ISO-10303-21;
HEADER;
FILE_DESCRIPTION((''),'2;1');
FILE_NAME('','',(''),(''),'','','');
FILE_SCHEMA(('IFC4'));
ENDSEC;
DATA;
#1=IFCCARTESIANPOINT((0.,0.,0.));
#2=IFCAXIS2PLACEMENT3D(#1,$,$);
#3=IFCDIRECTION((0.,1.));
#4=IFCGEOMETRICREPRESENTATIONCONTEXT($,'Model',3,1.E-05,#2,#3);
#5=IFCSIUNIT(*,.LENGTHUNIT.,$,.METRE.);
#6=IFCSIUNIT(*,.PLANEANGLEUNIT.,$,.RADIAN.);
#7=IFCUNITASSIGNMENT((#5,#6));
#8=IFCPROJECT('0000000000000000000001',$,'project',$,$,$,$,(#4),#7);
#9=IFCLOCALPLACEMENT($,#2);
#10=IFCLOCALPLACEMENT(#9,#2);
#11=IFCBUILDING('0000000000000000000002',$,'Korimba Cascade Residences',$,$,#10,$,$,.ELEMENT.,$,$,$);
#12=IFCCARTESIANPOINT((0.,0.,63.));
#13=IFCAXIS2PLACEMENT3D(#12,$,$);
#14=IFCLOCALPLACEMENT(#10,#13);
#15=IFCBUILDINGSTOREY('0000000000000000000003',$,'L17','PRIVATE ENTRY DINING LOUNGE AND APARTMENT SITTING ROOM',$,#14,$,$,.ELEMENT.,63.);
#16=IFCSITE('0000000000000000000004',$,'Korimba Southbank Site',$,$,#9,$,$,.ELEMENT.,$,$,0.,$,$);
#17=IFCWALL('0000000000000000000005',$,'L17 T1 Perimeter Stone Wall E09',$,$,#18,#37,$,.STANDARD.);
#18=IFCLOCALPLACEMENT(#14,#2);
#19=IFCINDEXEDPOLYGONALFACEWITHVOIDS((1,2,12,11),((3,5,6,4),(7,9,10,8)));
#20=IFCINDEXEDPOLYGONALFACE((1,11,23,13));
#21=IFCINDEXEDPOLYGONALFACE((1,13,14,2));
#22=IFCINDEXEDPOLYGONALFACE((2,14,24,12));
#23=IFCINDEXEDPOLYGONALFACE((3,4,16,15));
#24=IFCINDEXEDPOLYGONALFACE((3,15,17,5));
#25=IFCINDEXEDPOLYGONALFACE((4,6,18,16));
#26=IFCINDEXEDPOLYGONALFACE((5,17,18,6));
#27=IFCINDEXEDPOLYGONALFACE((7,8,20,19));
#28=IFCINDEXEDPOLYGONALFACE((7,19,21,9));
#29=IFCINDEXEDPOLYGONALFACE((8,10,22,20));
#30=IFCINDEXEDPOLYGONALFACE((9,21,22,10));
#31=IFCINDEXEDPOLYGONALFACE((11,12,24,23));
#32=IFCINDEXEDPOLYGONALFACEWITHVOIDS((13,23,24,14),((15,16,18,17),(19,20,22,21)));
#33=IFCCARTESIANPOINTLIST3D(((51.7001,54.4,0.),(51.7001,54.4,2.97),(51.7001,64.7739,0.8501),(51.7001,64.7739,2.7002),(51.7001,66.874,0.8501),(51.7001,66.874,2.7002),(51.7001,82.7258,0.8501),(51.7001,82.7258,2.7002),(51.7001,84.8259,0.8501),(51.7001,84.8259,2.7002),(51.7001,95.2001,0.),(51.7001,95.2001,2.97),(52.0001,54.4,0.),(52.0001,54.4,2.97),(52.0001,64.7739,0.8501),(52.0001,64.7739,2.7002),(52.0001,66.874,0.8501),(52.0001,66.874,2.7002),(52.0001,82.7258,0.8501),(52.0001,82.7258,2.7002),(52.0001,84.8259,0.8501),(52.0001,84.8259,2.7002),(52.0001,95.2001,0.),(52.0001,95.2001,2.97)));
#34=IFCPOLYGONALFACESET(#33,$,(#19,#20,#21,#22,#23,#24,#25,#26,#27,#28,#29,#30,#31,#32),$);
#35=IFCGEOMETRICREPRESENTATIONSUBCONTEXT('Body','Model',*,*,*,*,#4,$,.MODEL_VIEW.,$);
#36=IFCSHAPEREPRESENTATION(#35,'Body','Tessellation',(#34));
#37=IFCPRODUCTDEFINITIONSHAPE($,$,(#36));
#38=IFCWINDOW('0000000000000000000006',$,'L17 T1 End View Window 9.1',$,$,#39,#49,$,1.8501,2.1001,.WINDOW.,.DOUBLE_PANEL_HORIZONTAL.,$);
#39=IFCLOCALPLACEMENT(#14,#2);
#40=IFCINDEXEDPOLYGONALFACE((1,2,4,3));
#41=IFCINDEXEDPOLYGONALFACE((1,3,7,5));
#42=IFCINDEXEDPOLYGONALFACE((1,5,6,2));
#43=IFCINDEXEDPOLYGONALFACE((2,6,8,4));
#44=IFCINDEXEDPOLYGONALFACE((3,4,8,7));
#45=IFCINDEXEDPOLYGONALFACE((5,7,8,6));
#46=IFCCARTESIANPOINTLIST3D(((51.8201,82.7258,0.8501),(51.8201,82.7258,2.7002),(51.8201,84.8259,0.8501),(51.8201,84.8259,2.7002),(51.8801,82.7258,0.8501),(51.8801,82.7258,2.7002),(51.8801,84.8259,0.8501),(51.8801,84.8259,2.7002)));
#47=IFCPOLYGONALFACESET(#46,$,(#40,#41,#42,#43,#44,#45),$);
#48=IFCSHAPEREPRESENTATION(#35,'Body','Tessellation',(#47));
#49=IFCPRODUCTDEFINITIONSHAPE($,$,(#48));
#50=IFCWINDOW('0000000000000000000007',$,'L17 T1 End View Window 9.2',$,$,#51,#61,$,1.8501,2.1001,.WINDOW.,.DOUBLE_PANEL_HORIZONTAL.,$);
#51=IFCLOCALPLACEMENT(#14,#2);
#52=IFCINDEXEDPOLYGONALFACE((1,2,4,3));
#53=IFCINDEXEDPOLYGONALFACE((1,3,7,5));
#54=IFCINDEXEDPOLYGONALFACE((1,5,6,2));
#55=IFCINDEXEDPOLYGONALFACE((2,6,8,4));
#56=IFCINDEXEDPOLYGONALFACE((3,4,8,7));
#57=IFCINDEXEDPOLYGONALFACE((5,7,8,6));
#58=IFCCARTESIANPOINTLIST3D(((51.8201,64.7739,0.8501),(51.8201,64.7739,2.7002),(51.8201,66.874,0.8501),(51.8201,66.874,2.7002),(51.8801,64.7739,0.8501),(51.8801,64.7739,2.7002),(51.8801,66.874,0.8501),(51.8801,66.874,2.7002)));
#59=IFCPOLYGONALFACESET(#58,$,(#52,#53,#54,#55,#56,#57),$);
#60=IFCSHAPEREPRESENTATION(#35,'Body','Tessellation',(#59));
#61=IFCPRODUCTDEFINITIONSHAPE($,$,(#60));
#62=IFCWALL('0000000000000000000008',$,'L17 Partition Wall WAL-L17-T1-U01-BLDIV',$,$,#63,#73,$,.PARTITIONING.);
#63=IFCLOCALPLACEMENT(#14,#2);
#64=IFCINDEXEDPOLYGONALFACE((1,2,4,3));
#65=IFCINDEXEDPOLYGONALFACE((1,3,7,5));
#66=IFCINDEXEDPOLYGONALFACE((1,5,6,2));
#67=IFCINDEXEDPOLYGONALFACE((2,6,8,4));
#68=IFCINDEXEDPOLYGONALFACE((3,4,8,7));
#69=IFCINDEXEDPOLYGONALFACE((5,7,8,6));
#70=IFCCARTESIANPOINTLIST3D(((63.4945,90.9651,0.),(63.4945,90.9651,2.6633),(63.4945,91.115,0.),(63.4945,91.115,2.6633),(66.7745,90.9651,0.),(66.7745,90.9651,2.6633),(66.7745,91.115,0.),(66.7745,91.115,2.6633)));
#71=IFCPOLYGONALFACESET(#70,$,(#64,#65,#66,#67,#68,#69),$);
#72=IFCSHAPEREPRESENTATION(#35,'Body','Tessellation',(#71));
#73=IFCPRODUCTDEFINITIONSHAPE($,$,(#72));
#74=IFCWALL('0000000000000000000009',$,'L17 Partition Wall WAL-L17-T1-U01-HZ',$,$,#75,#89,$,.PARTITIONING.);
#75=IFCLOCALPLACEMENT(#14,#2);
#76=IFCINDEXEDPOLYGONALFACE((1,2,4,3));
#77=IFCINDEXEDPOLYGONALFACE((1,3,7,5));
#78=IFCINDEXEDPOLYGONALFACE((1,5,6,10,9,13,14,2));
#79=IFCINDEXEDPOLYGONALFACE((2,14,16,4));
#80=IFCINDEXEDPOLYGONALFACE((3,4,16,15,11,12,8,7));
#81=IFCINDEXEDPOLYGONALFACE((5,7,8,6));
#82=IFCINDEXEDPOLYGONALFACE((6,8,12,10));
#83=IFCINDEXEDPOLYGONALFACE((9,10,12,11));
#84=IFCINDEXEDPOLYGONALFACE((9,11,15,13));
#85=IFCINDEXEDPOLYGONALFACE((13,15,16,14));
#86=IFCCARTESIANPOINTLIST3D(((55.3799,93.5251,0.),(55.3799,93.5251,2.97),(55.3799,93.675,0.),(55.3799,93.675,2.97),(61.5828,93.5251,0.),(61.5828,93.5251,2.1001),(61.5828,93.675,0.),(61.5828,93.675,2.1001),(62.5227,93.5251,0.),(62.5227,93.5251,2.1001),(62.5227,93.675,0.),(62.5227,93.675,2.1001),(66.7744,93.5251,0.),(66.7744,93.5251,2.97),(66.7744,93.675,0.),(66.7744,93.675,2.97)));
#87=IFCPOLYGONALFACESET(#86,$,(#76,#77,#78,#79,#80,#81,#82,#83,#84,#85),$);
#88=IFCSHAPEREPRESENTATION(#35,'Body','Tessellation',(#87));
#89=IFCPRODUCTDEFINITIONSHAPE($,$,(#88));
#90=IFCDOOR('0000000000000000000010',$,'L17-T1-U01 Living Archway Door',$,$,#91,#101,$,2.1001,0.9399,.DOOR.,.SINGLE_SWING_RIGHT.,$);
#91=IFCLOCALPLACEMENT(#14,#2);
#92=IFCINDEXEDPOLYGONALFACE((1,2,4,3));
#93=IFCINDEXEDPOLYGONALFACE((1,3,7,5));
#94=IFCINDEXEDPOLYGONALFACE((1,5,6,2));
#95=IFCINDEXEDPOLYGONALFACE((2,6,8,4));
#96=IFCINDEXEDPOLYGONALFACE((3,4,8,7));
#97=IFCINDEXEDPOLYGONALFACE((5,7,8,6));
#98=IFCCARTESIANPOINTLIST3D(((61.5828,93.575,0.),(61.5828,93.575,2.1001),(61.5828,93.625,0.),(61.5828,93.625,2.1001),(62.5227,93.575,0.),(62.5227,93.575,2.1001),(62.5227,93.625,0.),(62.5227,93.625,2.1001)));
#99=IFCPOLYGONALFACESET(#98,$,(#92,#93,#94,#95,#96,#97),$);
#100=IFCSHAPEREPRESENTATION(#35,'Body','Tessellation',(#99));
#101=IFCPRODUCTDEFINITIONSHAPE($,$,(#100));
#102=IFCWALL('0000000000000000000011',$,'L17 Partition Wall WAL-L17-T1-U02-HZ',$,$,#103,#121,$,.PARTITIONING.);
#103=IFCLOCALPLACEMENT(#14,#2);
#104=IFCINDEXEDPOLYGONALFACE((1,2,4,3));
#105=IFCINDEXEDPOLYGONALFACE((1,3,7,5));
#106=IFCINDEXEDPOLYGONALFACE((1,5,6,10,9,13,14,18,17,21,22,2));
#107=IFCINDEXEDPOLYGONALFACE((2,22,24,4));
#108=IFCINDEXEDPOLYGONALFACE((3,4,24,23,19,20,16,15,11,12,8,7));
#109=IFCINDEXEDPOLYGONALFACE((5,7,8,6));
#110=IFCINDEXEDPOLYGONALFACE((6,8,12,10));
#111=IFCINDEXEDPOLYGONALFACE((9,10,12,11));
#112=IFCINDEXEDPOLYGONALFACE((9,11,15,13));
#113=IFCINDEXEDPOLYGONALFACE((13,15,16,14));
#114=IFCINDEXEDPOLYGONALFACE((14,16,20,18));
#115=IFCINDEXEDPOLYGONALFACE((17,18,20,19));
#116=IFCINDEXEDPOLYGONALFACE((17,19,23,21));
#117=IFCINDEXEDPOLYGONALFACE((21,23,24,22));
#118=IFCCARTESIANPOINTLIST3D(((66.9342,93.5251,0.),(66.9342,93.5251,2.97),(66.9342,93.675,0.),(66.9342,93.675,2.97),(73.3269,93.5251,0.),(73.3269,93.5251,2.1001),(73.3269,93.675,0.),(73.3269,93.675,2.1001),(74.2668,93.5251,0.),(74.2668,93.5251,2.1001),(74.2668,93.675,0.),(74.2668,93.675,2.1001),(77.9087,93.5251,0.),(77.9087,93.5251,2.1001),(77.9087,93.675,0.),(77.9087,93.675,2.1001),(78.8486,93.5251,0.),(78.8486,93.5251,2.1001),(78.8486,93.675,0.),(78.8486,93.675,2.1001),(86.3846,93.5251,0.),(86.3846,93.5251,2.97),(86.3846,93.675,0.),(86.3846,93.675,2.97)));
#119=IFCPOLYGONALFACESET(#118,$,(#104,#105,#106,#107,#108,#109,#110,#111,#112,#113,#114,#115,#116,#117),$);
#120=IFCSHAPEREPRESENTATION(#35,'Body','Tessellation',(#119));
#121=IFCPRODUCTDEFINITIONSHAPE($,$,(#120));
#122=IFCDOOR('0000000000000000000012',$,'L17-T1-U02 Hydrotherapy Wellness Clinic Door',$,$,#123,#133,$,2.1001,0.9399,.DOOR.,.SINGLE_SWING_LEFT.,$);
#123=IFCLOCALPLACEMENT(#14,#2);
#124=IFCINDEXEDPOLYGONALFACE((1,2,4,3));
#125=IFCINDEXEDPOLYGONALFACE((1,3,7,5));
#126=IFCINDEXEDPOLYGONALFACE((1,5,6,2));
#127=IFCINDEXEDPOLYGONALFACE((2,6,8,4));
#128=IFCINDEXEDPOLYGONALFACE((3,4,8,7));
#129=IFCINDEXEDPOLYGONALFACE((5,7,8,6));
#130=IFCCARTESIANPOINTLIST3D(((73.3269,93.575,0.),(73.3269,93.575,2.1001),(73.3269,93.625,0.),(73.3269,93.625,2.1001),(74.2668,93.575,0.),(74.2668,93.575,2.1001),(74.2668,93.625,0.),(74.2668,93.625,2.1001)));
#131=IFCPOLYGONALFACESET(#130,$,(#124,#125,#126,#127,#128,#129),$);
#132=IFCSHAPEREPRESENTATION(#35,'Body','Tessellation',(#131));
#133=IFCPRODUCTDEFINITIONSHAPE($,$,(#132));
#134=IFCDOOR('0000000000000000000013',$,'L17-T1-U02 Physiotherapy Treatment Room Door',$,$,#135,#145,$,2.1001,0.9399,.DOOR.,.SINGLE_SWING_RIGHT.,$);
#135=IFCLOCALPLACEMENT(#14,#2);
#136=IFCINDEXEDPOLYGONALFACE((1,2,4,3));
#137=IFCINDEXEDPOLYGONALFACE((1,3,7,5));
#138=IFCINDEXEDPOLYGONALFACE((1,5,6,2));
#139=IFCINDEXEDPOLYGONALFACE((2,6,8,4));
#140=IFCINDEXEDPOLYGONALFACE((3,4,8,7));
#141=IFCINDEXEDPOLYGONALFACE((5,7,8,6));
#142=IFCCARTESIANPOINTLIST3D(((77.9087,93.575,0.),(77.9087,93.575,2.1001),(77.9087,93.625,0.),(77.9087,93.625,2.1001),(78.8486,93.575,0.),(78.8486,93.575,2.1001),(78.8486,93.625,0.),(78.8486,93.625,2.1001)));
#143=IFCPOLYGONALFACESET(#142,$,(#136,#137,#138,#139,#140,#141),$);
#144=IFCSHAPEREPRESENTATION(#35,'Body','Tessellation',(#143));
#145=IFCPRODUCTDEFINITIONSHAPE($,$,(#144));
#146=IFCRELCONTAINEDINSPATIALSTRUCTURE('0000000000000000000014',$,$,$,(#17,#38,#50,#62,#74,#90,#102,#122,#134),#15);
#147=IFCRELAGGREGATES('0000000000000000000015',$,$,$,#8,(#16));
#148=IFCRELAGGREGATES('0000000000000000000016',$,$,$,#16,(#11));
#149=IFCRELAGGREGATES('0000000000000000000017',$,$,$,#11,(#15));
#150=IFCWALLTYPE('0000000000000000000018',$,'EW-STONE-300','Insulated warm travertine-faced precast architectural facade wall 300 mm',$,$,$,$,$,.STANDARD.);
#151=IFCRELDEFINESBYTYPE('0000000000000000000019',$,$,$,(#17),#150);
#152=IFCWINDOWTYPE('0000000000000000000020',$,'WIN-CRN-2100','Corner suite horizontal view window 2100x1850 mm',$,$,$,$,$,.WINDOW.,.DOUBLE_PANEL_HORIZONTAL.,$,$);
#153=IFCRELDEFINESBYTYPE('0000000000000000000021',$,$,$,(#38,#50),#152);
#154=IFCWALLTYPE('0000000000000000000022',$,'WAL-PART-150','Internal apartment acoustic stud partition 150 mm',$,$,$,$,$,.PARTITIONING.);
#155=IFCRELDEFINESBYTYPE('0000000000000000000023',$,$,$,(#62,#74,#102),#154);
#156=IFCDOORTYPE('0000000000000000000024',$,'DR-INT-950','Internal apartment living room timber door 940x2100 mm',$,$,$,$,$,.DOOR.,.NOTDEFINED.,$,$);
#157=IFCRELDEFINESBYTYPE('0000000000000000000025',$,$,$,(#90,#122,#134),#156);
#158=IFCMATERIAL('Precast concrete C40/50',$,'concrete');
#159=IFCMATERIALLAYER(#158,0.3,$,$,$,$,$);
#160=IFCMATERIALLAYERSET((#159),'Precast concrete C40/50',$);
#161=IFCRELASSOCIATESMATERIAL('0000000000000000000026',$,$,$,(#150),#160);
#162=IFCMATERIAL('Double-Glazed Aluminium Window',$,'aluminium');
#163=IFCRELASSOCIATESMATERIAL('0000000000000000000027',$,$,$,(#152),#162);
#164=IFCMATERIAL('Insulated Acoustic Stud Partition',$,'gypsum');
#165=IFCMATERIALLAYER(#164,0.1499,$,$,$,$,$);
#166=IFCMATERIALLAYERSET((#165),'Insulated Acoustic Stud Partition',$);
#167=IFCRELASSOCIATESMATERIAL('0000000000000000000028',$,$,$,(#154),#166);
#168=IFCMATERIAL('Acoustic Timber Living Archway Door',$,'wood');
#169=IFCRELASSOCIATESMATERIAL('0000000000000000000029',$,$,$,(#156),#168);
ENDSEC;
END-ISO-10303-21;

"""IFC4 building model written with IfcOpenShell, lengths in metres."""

from ifc_helpers import new_model, si_unit, direction, frame, frame_2d, origin, place, context, subcontext, project, spatial, rectangle, extrude, material, layer, layer_set, type_object, element, fill, save


model = new_model("IFC4")

# Units and contexts
model_context = context("Model", 3, precision=1e-05, world=origin(), true_north=direction((0.0, 1.0)))
body_context = subcontext(model_context, "Body", "Model", "MODEL_VIEW")
ifc_project = project(units=[si_unit("LENGTHUNIT", "METRE"), si_unit("PLANEANGLEUNIT", "RADIAN")], contexts=[model_context])

# Site, building, storey
site_placement = place(None, origin())
site = spatial("IfcSite", under=ifc_project, at=site_placement, Name="Korimba Southbank Site", CompositionType="ELEMENT", RefElevation=0.0)
building_placement = place(site_placement, origin())
building = spatial("IfcBuilding", under=site, at=building_placement, Name="Korimba Cascade Residences", CompositionType="ELEMENT")
storey_placement = place(building_placement, frame((0.0, 0.0, 63.0)))
storey = spatial("IfcBuildingStorey", under=building, at=storey_placement, Name="L17", Description="PRIVATE ENTRY DINING LOUNGE AND APARTMENT SITTING ROOM", CompositionType="ELEMENT", Elevation=63.0)

# Shared definitions
ifc_material_1 = material(Name="Precast concrete C40/50", Category="concrete")
ifc_layer_1 = layer(ifc_material_1, 0.3)
ifc_layer_set_1 = layer_set([ifc_layer_1], Name="Precast concrete C40/50")
wall_type_1 = type_object("IfcWallType", Name="EW-STONE-300", Description="Insulated warm travertine-faced precast architectural facade wall 300 mm", PredefinedType="STANDARD", material=ifc_layer_set_1)

# Wall, openings, windows
wall_1_placement = place(storey_placement, frame((51.8501, 95.2, 0.0), z_axis=(0.0, 0.0, 1.0), x_axis=(0.0, -1.0, 0.0)))
wall_1 = element("IfcWall", 1, at=wall_1_placement, inside=storey, type_object=wall_type_1, Name="L17 T1 Perimeter Stone Wall E09", PredefinedType="STANDARD", context=body_context, shape_type="SweptSolid", body=[
    extrude(rectangle(XDim=40.8, YDim=0.3, at=frame_2d((20.3999, 0.0))), origin(), (0.0, 0.0, 1.0), 2.97),
])
opening_1_placement = place(wall_1_placement, frame((10.374, 0.0, 0.8501)))
opening_1 = element("IfcOpeningElement", 2, at=opening_1_placement, cuts=wall_1, PredefinedType="OPENING", context=body_context, shape_type="SweptSolid", body=[
    extrude(rectangle(XDim=2.1001, YDim=1.8501, at=frame_2d((1.05, 0.925))), frame((0.0, 0.1602, 0.0), z_axis=(0.0, -1.0, 0.0), x_axis=(1.0, 0.0, 0.0)), (0.0, 0.0, 1.0), 0.3201),
])
opening_2_placement = place(wall_1_placement, frame((28.3259, 0.0, 0.8501)))
opening_2 = element("IfcOpeningElement", 3, at=opening_2_placement, cuts=wall_1, PredefinedType="OPENING", context=body_context, shape_type="SweptSolid", body=[
    extrude(rectangle(XDim=2.1001, YDim=1.8501, at=frame_2d((1.05, 0.925))), frame((0.0, 0.1602, 0.0), z_axis=(0.0, -1.0, 0.0), x_axis=(1.0, 0.0, 0.0)), (0.0, 0.0, 1.0), 0.3201),
])
ifc_material_2 = material(Name="Double-Glazed Aluminium Window", Category="aluminium")
window_type = type_object("IfcWindowType", Name="WIN-CRN-2100", Description="Corner suite horizontal view window 2100x1850 mm", PartitioningType="DOUBLE_PANEL_HORIZONTAL", PredefinedType="WINDOW", material=ifc_material_2)
window_1_placement = place(opening_1_placement, origin())
window_1 = element("IfcWindow", 4, at=window_1_placement, inside=storey, type_object=window_type, Name="L17 T1 End View Window 9.1", OverallHeight=1.8501, OverallWidth=2.1001, PartitioningType="DOUBLE_PANEL_HORIZONTAL", PredefinedType="WINDOW", context=body_context, shape_type="SweptSolid", body=[
    extrude(rectangle(XDim=2.1001, YDim=1.8501, at=frame_2d((1.05, 0.925))), frame((0.0, 0.03, 0.0), z_axis=(0.0, -1.0, 0.0), x_axis=(1.0, 0.0, 0.0)), (0.0, 0.0, 1.0), 0.0601),
])
fill(opening_1, window_1)
window_2_placement = place(opening_2_placement, origin())
window_2 = element("IfcWindow", 5, at=window_2_placement, inside=storey, type_object=window_type, Name="L17 T1 End View Window 9.2", OverallHeight=1.8501, OverallWidth=2.1001, PartitioningType="DOUBLE_PANEL_HORIZONTAL", PredefinedType="WINDOW", context=body_context, shape_type="SweptSolid", body=[
    extrude(rectangle(XDim=2.1001, YDim=1.8501, at=frame_2d((1.05, 0.925))), frame((0.0, 0.03, 0.0), z_axis=(0.0, -1.0, 0.0), x_axis=(1.0, 0.0, 0.0)), (0.0, 0.0, 1.0), 0.0601),
])
fill(opening_2, window_2)

# Wall
ifc_material_3 = material(Name="Insulated Acoustic Stud Partition", Category="gypsum")
ifc_layer_2 = layer(ifc_material_3, 0.1499)
ifc_layer_set_2 = layer_set([ifc_layer_2], Name="Insulated Acoustic Stud Partition")
wall_type_2 = type_object("IfcWallType", Name="WAL-PART-150", Description="Internal apartment acoustic stud partition 150 mm", PredefinedType="PARTITIONING", material=ifc_layer_set_2)
wall_2_placement = place(storey_placement, frame((63.4944, 91.04, 0.0), z_axis=(0.0, 0.0, 1.0), x_axis=(1.0, 0.0, 0.0)))
element("IfcWall", 6, at=wall_2_placement, inside=storey, type_object=wall_type_2, Name="L17 Partition Wall WAL-L17-T1-U01-BLDIV", PredefinedType="PARTITIONING", context=body_context, shape_type="SweptSolid", body=[
    extrude(rectangle(XDim=3.28, YDim=0.1499, at=frame_2d((1.6401, 0.0))), origin(), (0.0, 0.0, 1.0), 2.6633),
])

# Wall, opening, door
wall_3_placement = place(storey_placement, frame((55.3799, 93.6001, 0.0), z_axis=(0.0, 0.0, 1.0), x_axis=(1.0, 0.0, 0.0)))
wall_3 = element("IfcWall", 7, at=wall_3_placement, inside=storey, type_object=wall_type_2, Name="L17 Partition Wall WAL-L17-T1-U01-HZ", PredefinedType="PARTITIONING", context=body_context, shape_type="SweptSolid", body=[
    extrude(rectangle(XDim=11.3945, YDim=0.1499, at=frame_2d((5.6973, 0.0))), origin(), (0.0, 0.0, 1.0), 2.97),
])
opening_3_placement = place(wall_3_placement, frame((6.2029, 0.0, 0.0)))
opening_3 = element("IfcOpeningElement", 8, at=opening_3_placement, cuts=wall_3, PredefinedType="OPENING", context=body_context, shape_type="SweptSolid", body=[
    extrude(rectangle(XDim=0.9399, YDim=2.1001, at=frame_2d((0.47, 1.05))), frame((0.0, 0.085, 0.0), z_axis=(0.0, -1.0, 0.0), x_axis=(1.0, 0.0, 0.0)), (0.0, 0.0, 1.0), 0.1699),
])
ifc_material_4 = material(Name="Acoustic Timber Living Archway Door", Category="wood")
door_type = type_object("IfcDoorType", Name="DR-INT-950", Description="Internal apartment living room timber door 940x2100 mm", OperationType="NOTDEFINED", PredefinedType="DOOR", material=ifc_material_4)
door_1_placement = place(opening_3_placement, origin())
door_1 = element("IfcDoor", 9, at=door_1_placement, inside=storey, type_object=door_type, Name="L17-T1-U01 Living Archway Door", OperationType="SINGLE_SWING_RIGHT", OverallHeight=2.1001, OverallWidth=0.9399, PredefinedType="DOOR", context=body_context, shape_type="SweptSolid", body=[
    extrude(rectangle(XDim=0.9399, YDim=2.1001, at=frame_2d((0.47, 1.05))), frame((0.0, 0.0249, 0.0), z_axis=(0.0, -1.0, 0.0), x_axis=(1.0, 0.0, 0.0)), (0.0, 0.0, 1.0), 0.05),
])
fill(opening_3, door_1)

# Wall, openings, doors
wall_4_placement = place(storey_placement, frame((66.9343, 93.6001, 0.0), z_axis=(0.0, 0.0, 1.0), x_axis=(1.0, 0.0, 0.0)))
wall_4 = element("IfcWall", 10, at=wall_4_placement, inside=storey, type_object=wall_type_2, Name="L17 Partition Wall WAL-L17-T1-U02-HZ", PredefinedType="PARTITIONING", context=body_context, shape_type="SweptSolid", body=[
    extrude(rectangle(XDim=19.4504, YDim=0.1499, at=frame_2d((9.7251, 0.0))), origin(), (0.0, 0.0, 1.0), 2.97),
])
opening_4_placement = place(wall_4_placement, frame((6.3926, 0.0, 0.0)))
opening_4 = element("IfcOpeningElement", 11, at=opening_4_placement, cuts=wall_4, PredefinedType="OPENING", context=body_context, shape_type="SweptSolid", body=[
    extrude(rectangle(XDim=0.9399, YDim=2.1001, at=frame_2d((0.47, 1.05))), frame((0.0, 0.085, 0.0), z_axis=(0.0, -1.0, 0.0), x_axis=(1.0, 0.0, 0.0)), (0.0, 0.0, 1.0), 0.1699),
])
opening_5_placement = place(wall_4_placement, frame((10.9744, 0.0, 0.0)))
opening_5 = element("IfcOpeningElement", 12, at=opening_5_placement, cuts=wall_4, PredefinedType="OPENING", context=body_context, shape_type="SweptSolid", body=[
    extrude(rectangle(XDim=0.9399, YDim=2.1001, at=frame_2d((0.47, 1.05))), frame((0.0, 0.085, 0.0), z_axis=(0.0, -1.0, 0.0), x_axis=(1.0, 0.0, 0.0)), (0.0, 0.0, 1.0), 0.1699),
])
door_2_placement = place(opening_4_placement, origin())
door_2 = element("IfcDoor", 13, at=door_2_placement, inside=storey, type_object=door_type, Name="L17-T1-U02 Hydrotherapy Wellness Clinic Door", OperationType="SINGLE_SWING_LEFT", OverallHeight=2.1001, OverallWidth=0.9399, PredefinedType="DOOR", context=body_context, shape_type="SweptSolid", body=[
    extrude(rectangle(XDim=0.9399, YDim=2.1001, at=frame_2d((0.47, 1.05))), frame((0.0, 0.0249, 0.0), z_axis=(0.0, -1.0, 0.0), x_axis=(1.0, 0.0, 0.0)), (0.0, 0.0, 1.0), 0.05),
])
fill(opening_4, door_2)
door_3_placement = place(opening_5_placement, origin())
door_3 = element("IfcDoor", 14, at=door_3_placement, inside=storey, type_object=door_type, Name="L17-T1-U02 Physiotherapy Treatment Room Door", OperationType="SINGLE_SWING_RIGHT", OverallHeight=2.1001, OverallWidth=0.9399, PredefinedType="DOOR", context=body_context, shape_type="SweptSolid", body=[
    extrude(rectangle(XDim=0.9399, YDim=2.1001, at=frame_2d((0.47, 1.05))), frame((0.0, 0.0249, 0.0), z_axis=(0.0, -1.0, 0.0), x_axis=(1.0, 0.0, 0.0)), (0.0, 0.0, 1.0), 0.05),
])
fill(opening_5, door_3)

save(model, "model.ifc")
